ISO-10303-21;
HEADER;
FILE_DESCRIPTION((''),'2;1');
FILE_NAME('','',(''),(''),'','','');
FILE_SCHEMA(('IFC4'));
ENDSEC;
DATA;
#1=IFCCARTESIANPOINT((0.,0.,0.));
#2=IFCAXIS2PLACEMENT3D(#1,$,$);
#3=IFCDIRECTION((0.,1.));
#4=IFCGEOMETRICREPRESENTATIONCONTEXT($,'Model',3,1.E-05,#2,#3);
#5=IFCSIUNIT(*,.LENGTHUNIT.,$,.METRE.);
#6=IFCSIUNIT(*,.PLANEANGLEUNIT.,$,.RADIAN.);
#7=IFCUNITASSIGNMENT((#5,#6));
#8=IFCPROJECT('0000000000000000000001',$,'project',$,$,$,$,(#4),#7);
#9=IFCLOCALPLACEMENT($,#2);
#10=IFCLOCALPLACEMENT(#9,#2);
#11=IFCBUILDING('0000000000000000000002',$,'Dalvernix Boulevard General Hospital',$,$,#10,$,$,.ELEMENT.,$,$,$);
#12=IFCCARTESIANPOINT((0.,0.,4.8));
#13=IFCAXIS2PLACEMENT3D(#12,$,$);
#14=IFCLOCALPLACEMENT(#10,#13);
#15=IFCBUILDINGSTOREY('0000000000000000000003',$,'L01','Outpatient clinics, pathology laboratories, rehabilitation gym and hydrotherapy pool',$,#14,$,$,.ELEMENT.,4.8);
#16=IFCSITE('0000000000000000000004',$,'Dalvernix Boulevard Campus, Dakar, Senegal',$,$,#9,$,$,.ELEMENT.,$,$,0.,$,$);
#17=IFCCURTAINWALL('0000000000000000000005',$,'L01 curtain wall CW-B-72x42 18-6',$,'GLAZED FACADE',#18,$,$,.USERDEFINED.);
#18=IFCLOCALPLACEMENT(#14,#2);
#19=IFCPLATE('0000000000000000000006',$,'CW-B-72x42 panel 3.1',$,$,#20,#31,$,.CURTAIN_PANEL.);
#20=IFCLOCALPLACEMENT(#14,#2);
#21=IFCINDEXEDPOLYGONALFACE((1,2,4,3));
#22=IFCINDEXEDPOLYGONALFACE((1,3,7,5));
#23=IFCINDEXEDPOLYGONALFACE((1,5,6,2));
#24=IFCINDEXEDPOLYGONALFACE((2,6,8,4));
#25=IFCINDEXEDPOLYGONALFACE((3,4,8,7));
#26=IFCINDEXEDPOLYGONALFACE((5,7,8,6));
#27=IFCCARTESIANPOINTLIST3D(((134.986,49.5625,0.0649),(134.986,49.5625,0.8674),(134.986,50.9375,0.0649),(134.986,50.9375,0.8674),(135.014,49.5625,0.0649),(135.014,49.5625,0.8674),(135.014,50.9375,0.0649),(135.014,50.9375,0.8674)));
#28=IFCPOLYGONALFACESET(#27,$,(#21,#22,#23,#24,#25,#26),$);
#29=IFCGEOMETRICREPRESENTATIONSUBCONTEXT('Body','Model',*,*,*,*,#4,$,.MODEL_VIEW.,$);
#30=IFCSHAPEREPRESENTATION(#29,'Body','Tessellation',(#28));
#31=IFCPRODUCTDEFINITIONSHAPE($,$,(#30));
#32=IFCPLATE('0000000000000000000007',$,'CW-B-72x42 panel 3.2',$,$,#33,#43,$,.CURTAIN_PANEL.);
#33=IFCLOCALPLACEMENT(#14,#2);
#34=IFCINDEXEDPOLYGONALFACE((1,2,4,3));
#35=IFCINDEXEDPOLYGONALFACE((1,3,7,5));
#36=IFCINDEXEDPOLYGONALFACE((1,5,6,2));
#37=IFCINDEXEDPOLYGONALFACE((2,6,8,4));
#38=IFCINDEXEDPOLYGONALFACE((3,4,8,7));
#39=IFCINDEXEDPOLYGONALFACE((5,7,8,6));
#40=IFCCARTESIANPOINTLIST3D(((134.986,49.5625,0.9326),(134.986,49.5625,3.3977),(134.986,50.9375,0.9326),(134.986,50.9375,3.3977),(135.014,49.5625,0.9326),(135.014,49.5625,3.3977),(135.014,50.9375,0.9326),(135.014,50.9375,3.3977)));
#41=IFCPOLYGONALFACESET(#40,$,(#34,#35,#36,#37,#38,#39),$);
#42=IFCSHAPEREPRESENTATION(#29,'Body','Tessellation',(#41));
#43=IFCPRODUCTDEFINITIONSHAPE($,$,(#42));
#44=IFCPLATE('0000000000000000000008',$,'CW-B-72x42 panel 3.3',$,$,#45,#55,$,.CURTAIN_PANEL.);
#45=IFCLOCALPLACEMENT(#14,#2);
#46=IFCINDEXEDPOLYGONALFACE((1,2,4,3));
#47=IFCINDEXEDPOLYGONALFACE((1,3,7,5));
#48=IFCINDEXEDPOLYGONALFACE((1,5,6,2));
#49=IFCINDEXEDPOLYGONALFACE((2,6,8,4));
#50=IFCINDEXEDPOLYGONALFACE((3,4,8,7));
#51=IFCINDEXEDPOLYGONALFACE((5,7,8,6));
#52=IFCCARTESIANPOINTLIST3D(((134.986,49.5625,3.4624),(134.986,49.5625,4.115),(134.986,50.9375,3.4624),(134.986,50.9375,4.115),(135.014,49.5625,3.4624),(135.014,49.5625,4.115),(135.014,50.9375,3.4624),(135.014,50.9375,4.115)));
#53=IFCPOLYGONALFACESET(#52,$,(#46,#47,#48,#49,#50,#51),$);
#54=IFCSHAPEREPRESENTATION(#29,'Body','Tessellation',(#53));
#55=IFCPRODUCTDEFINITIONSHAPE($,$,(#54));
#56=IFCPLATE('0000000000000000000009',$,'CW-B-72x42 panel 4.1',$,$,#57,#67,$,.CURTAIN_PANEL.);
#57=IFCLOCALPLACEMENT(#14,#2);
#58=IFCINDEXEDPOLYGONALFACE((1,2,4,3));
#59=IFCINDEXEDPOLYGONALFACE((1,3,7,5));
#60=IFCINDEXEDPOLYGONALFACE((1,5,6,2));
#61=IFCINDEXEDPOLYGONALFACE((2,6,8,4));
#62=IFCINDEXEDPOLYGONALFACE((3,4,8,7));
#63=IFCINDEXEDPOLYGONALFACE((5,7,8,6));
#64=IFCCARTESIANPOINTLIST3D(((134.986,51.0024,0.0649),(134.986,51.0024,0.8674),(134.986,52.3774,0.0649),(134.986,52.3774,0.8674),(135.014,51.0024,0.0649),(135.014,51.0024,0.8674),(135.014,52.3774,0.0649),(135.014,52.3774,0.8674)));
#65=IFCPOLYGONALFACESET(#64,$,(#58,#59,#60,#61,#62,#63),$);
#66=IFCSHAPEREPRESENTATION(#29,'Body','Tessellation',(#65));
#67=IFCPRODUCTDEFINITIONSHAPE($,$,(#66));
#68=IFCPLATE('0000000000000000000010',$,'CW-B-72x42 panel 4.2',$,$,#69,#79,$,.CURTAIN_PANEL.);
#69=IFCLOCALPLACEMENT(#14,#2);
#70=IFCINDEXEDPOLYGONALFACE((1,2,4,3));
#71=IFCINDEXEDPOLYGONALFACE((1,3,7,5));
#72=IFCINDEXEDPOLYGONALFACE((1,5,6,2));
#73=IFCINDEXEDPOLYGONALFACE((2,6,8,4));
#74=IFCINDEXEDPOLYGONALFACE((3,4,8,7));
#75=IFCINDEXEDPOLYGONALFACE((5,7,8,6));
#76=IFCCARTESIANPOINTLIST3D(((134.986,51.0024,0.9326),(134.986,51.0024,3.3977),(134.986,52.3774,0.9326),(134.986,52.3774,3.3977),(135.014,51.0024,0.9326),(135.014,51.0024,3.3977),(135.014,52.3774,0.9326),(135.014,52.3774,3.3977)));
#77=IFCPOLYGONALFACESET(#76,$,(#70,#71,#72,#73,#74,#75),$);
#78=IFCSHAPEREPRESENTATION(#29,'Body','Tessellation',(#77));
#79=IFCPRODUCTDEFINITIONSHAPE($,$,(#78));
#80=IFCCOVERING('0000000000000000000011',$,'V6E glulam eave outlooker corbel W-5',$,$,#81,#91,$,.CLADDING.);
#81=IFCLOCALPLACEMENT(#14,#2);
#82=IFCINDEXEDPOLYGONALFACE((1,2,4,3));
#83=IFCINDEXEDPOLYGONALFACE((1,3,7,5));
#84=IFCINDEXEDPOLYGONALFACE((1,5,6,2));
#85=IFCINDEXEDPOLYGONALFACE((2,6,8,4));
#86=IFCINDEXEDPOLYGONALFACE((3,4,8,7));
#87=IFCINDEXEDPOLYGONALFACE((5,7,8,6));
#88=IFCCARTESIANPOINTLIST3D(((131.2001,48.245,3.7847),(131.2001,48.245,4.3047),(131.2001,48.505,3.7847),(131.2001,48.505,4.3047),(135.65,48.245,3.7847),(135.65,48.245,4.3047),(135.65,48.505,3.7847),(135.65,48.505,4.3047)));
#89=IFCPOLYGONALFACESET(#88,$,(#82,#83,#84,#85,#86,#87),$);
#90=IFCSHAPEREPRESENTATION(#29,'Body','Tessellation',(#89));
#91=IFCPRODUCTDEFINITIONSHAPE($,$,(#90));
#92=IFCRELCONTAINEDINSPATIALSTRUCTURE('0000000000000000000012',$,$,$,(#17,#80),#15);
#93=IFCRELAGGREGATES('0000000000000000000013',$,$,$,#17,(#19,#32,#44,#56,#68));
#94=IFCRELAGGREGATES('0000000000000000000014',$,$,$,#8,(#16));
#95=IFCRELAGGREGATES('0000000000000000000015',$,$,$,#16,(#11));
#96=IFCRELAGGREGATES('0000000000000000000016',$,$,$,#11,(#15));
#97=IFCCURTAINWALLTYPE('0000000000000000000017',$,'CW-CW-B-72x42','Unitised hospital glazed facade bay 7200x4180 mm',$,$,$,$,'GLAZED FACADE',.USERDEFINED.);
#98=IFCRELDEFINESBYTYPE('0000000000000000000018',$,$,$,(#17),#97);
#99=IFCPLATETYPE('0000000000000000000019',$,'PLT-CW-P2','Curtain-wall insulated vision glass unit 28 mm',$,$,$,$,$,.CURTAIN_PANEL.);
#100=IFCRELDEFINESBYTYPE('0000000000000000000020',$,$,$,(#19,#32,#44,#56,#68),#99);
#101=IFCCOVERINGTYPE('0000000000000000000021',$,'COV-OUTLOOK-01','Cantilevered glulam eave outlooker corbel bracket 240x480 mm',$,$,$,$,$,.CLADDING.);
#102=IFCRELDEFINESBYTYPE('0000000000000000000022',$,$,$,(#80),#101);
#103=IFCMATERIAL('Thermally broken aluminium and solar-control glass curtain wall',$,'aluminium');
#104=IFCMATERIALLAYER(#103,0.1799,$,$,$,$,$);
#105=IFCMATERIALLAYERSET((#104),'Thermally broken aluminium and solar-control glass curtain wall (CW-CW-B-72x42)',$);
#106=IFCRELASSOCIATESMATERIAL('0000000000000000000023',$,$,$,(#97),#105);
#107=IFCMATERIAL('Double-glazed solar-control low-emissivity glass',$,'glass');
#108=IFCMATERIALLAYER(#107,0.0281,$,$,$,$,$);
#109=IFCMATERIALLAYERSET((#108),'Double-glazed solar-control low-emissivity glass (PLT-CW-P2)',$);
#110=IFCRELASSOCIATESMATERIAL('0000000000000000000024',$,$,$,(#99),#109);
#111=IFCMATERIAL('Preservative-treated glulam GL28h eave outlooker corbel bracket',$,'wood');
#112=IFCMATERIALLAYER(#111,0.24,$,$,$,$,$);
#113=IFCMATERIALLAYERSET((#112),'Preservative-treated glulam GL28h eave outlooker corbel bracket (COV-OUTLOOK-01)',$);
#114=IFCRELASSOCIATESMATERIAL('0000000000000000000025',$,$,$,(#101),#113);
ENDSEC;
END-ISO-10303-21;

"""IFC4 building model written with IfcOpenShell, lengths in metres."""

from ifc_helpers import new_model, si_unit, direction, frame, origin, origin_2d, place, context, subcontext, project, spatial, rectangle, extrude, material, layer, layer_set, type_object, element, aggregate, save


model = new_model("IFC4")

# Units and contexts
model_context = context("Model", 3, precision=1e-05, world=origin(), true_north=direction((0.0, 1.0)))
body_context = subcontext(model_context, "Body", "Model", "MODEL_VIEW")
ifc_project = project(units=[si_unit("LENGTHUNIT", "METRE"), si_unit("PLANEANGLEUNIT", "RADIAN")], contexts=[model_context])

# Site, building, storey
site_placement = place(None, origin())
site = spatial("IfcSite", under=ifc_project, at=site_placement, Name="Dalvernix Boulevard Campus, Dakar, Senegal", CompositionType="ELEMENT", RefElevation=0.0)
building_placement = place(site_placement, origin())
building = spatial("IfcBuilding", under=site, at=building_placement, Name="Dalvernix Boulevard General Hospital", CompositionType="ELEMENT")
storey_placement = place(building_placement, frame((0.0, 0.0, 4.8)))
storey = spatial("IfcBuildingStorey", under=building, at=storey_placement, Name="L01", Description="Outpatient clinics, pathology laboratories, rehabilitation gym and hydrotherapy pool", CompositionType="ELEMENT", Elevation=4.8)

# Curtain wall, plates
ifc_material_1 = material(Name="Thermally broken aluminium and solar-control glass curtain wall", Category="aluminium")
ifc_layer_1 = layer(ifc_material_1, 0.1799)
ifc_layer_set_1 = layer_set([ifc_layer_1], Name="Thermally broken aluminium and solar-control glass curtain wall (CW-CW-B-72x42)")
curtain_wall_type = type_object("IfcCurtainWallType", Name="CW-CW-B-72x42", Description="Unitised hospital glazed facade bay 7200x4180 mm", ElementType="GLAZED FACADE", PredefinedType="USERDEFINED", material=ifc_layer_set_1)
curtain_wall_placement = place(storey_placement, origin())
curtain_wall = element("IfcCurtainWall", 1, at=curtain_wall_placement, inside=storey, type_object=curtain_wall_type, Name="L01 curtain wall CW-B-72x42 18-6", ObjectType="GLAZED FACADE", PredefinedType="USERDEFINED")
ifc_material_2 = material(Name="Double-glazed solar-control low-emissivity glass", Category="glass")
ifc_layer_2 = layer(ifc_material_2, 0.0281)
ifc_layer_set_2 = layer_set([ifc_layer_2], Name="Double-glazed solar-control low-emissivity glass (PLT-CW-P2)")
plate_type = type_object("IfcPlateType", Name="PLT-CW-P2", Description="Curtain-wall insulated vision glass unit 28 mm", PredefinedType="CURTAIN_PANEL", material=ifc_layer_set_2)
plate_1_placement = place(storey_placement, frame((135.0, 50.25, 0.0649), z_axis=(0.0, 0.0, 1.0), x_axis=(0.0, 1.0, 0.0)))
plate_1 = element("IfcPlate", 2, at=plate_1_placement, type_object=plate_type, Name="CW-B-72x42 panel 3.1", PredefinedType="CURTAIN_PANEL", context=body_context, shape_type="SweptSolid", body=[
    extrude(rectangle(XDim=1.375, YDim=0.0281, at=origin_2d()), origin(), (0.0, 0.0, 1.0), 0.8025),
])
plate_2_placement = place(storey_placement, frame((135.0, 50.25, 0.9326), z_axis=(0.0, 0.0, 1.0), x_axis=(0.0, 1.0, 0.0)))
plate_2 = element("IfcPlate", 3, at=plate_2_placement, type_object=plate_type, Name="CW-B-72x42 panel 3.2", PredefinedType="CURTAIN_PANEL", context=body_context, shape_type="SweptSolid", body=[
    extrude(rectangle(XDim=1.375, YDim=0.0281, at=origin_2d()), origin(), (0.0, 0.0, 1.0), 2.4651),
])
plate_3_placement = place(storey_placement, frame((135.0, 50.25, 3.4624), z_axis=(0.0, 0.0, 1.0), x_axis=(0.0, 1.0, 0.0)))
plate_3 = element("IfcPlate", 4, at=plate_3_placement, type_object=plate_type, Name="CW-B-72x42 panel 3.3", PredefinedType="CURTAIN_PANEL", context=body_context, shape_type="SweptSolid", body=[
    extrude(rectangle(XDim=1.375, YDim=0.0281, at=origin_2d()), origin(), (0.0, 0.0, 1.0), 0.6526),
])
plate_4_placement = place(storey_placement, frame((135.0, 51.6899, 0.0649), z_axis=(0.0, 0.0, 1.0), x_axis=(0.0, 1.0, 0.0)))
plate_4 = element("IfcPlate", 5, at=plate_4_placement, type_object=plate_type, Name="CW-B-72x42 panel 4.1", PredefinedType="CURTAIN_PANEL", context=body_context, shape_type="SweptSolid", body=[
    extrude(rectangle(XDim=1.375, YDim=0.0281, at=origin_2d()), origin(), (0.0, 0.0, 1.0), 0.8025),
])
plate_5_placement = place(storey_placement, frame((135.0, 51.6899, 0.9326), z_axis=(0.0, 0.0, 1.0), x_axis=(0.0, 1.0, 0.0)))
plate_5 = element("IfcPlate", 6, at=plate_5_placement, type_object=plate_type, Name="CW-B-72x42 panel 4.2", PredefinedType="CURTAIN_PANEL", context=body_context, shape_type="SweptSolid", body=[
    extrude(rectangle(XDim=1.375, YDim=0.0281, at=origin_2d()), origin(), (0.0, 0.0, 1.0), 2.4651),
])
aggregate(curtain_wall, [plate_1, plate_2, plate_3, plate_4, plate_5])

# Covering
ifc_material_3 = material(Name="Preservative-treated glulam GL28h eave outlooker corbel bracket", Category="wood")
ifc_layer_3 = layer(ifc_material_3, 0.24)
ifc_layer_set_3 = layer_set([ifc_layer_3], Name="Preservative-treated glulam GL28h eave outlooker corbel bracket (COV-OUTLOOK-01)")
covering_type = type_object("IfcCoveringType", Name="COV-OUTLOOK-01", Description="Cantilevered glulam eave outlooker corbel bracket 240x480 mm", PredefinedType="CLADDING", material=ifc_layer_set_3)
covering_placement = place(storey_placement, frame((133.425, 48.375, 3.7847), z_axis=(0.0, 0.0, 1.0), x_axis=(1.0, 0.0, 0.0)))
element("IfcCovering", 7, at=covering_placement, inside=storey, type_object=covering_type, Name="V6E glulam eave outlooker corbel W-5", PredefinedType="CLADDING", context=body_context, shape_type="SweptSolid", body=[
    extrude(rectangle(XDim=4.45, YDim=0.26, at=origin_2d()), origin(), (0.0, 0.0, 1.0), 0.52),
])

save(model, "model.ifc")
